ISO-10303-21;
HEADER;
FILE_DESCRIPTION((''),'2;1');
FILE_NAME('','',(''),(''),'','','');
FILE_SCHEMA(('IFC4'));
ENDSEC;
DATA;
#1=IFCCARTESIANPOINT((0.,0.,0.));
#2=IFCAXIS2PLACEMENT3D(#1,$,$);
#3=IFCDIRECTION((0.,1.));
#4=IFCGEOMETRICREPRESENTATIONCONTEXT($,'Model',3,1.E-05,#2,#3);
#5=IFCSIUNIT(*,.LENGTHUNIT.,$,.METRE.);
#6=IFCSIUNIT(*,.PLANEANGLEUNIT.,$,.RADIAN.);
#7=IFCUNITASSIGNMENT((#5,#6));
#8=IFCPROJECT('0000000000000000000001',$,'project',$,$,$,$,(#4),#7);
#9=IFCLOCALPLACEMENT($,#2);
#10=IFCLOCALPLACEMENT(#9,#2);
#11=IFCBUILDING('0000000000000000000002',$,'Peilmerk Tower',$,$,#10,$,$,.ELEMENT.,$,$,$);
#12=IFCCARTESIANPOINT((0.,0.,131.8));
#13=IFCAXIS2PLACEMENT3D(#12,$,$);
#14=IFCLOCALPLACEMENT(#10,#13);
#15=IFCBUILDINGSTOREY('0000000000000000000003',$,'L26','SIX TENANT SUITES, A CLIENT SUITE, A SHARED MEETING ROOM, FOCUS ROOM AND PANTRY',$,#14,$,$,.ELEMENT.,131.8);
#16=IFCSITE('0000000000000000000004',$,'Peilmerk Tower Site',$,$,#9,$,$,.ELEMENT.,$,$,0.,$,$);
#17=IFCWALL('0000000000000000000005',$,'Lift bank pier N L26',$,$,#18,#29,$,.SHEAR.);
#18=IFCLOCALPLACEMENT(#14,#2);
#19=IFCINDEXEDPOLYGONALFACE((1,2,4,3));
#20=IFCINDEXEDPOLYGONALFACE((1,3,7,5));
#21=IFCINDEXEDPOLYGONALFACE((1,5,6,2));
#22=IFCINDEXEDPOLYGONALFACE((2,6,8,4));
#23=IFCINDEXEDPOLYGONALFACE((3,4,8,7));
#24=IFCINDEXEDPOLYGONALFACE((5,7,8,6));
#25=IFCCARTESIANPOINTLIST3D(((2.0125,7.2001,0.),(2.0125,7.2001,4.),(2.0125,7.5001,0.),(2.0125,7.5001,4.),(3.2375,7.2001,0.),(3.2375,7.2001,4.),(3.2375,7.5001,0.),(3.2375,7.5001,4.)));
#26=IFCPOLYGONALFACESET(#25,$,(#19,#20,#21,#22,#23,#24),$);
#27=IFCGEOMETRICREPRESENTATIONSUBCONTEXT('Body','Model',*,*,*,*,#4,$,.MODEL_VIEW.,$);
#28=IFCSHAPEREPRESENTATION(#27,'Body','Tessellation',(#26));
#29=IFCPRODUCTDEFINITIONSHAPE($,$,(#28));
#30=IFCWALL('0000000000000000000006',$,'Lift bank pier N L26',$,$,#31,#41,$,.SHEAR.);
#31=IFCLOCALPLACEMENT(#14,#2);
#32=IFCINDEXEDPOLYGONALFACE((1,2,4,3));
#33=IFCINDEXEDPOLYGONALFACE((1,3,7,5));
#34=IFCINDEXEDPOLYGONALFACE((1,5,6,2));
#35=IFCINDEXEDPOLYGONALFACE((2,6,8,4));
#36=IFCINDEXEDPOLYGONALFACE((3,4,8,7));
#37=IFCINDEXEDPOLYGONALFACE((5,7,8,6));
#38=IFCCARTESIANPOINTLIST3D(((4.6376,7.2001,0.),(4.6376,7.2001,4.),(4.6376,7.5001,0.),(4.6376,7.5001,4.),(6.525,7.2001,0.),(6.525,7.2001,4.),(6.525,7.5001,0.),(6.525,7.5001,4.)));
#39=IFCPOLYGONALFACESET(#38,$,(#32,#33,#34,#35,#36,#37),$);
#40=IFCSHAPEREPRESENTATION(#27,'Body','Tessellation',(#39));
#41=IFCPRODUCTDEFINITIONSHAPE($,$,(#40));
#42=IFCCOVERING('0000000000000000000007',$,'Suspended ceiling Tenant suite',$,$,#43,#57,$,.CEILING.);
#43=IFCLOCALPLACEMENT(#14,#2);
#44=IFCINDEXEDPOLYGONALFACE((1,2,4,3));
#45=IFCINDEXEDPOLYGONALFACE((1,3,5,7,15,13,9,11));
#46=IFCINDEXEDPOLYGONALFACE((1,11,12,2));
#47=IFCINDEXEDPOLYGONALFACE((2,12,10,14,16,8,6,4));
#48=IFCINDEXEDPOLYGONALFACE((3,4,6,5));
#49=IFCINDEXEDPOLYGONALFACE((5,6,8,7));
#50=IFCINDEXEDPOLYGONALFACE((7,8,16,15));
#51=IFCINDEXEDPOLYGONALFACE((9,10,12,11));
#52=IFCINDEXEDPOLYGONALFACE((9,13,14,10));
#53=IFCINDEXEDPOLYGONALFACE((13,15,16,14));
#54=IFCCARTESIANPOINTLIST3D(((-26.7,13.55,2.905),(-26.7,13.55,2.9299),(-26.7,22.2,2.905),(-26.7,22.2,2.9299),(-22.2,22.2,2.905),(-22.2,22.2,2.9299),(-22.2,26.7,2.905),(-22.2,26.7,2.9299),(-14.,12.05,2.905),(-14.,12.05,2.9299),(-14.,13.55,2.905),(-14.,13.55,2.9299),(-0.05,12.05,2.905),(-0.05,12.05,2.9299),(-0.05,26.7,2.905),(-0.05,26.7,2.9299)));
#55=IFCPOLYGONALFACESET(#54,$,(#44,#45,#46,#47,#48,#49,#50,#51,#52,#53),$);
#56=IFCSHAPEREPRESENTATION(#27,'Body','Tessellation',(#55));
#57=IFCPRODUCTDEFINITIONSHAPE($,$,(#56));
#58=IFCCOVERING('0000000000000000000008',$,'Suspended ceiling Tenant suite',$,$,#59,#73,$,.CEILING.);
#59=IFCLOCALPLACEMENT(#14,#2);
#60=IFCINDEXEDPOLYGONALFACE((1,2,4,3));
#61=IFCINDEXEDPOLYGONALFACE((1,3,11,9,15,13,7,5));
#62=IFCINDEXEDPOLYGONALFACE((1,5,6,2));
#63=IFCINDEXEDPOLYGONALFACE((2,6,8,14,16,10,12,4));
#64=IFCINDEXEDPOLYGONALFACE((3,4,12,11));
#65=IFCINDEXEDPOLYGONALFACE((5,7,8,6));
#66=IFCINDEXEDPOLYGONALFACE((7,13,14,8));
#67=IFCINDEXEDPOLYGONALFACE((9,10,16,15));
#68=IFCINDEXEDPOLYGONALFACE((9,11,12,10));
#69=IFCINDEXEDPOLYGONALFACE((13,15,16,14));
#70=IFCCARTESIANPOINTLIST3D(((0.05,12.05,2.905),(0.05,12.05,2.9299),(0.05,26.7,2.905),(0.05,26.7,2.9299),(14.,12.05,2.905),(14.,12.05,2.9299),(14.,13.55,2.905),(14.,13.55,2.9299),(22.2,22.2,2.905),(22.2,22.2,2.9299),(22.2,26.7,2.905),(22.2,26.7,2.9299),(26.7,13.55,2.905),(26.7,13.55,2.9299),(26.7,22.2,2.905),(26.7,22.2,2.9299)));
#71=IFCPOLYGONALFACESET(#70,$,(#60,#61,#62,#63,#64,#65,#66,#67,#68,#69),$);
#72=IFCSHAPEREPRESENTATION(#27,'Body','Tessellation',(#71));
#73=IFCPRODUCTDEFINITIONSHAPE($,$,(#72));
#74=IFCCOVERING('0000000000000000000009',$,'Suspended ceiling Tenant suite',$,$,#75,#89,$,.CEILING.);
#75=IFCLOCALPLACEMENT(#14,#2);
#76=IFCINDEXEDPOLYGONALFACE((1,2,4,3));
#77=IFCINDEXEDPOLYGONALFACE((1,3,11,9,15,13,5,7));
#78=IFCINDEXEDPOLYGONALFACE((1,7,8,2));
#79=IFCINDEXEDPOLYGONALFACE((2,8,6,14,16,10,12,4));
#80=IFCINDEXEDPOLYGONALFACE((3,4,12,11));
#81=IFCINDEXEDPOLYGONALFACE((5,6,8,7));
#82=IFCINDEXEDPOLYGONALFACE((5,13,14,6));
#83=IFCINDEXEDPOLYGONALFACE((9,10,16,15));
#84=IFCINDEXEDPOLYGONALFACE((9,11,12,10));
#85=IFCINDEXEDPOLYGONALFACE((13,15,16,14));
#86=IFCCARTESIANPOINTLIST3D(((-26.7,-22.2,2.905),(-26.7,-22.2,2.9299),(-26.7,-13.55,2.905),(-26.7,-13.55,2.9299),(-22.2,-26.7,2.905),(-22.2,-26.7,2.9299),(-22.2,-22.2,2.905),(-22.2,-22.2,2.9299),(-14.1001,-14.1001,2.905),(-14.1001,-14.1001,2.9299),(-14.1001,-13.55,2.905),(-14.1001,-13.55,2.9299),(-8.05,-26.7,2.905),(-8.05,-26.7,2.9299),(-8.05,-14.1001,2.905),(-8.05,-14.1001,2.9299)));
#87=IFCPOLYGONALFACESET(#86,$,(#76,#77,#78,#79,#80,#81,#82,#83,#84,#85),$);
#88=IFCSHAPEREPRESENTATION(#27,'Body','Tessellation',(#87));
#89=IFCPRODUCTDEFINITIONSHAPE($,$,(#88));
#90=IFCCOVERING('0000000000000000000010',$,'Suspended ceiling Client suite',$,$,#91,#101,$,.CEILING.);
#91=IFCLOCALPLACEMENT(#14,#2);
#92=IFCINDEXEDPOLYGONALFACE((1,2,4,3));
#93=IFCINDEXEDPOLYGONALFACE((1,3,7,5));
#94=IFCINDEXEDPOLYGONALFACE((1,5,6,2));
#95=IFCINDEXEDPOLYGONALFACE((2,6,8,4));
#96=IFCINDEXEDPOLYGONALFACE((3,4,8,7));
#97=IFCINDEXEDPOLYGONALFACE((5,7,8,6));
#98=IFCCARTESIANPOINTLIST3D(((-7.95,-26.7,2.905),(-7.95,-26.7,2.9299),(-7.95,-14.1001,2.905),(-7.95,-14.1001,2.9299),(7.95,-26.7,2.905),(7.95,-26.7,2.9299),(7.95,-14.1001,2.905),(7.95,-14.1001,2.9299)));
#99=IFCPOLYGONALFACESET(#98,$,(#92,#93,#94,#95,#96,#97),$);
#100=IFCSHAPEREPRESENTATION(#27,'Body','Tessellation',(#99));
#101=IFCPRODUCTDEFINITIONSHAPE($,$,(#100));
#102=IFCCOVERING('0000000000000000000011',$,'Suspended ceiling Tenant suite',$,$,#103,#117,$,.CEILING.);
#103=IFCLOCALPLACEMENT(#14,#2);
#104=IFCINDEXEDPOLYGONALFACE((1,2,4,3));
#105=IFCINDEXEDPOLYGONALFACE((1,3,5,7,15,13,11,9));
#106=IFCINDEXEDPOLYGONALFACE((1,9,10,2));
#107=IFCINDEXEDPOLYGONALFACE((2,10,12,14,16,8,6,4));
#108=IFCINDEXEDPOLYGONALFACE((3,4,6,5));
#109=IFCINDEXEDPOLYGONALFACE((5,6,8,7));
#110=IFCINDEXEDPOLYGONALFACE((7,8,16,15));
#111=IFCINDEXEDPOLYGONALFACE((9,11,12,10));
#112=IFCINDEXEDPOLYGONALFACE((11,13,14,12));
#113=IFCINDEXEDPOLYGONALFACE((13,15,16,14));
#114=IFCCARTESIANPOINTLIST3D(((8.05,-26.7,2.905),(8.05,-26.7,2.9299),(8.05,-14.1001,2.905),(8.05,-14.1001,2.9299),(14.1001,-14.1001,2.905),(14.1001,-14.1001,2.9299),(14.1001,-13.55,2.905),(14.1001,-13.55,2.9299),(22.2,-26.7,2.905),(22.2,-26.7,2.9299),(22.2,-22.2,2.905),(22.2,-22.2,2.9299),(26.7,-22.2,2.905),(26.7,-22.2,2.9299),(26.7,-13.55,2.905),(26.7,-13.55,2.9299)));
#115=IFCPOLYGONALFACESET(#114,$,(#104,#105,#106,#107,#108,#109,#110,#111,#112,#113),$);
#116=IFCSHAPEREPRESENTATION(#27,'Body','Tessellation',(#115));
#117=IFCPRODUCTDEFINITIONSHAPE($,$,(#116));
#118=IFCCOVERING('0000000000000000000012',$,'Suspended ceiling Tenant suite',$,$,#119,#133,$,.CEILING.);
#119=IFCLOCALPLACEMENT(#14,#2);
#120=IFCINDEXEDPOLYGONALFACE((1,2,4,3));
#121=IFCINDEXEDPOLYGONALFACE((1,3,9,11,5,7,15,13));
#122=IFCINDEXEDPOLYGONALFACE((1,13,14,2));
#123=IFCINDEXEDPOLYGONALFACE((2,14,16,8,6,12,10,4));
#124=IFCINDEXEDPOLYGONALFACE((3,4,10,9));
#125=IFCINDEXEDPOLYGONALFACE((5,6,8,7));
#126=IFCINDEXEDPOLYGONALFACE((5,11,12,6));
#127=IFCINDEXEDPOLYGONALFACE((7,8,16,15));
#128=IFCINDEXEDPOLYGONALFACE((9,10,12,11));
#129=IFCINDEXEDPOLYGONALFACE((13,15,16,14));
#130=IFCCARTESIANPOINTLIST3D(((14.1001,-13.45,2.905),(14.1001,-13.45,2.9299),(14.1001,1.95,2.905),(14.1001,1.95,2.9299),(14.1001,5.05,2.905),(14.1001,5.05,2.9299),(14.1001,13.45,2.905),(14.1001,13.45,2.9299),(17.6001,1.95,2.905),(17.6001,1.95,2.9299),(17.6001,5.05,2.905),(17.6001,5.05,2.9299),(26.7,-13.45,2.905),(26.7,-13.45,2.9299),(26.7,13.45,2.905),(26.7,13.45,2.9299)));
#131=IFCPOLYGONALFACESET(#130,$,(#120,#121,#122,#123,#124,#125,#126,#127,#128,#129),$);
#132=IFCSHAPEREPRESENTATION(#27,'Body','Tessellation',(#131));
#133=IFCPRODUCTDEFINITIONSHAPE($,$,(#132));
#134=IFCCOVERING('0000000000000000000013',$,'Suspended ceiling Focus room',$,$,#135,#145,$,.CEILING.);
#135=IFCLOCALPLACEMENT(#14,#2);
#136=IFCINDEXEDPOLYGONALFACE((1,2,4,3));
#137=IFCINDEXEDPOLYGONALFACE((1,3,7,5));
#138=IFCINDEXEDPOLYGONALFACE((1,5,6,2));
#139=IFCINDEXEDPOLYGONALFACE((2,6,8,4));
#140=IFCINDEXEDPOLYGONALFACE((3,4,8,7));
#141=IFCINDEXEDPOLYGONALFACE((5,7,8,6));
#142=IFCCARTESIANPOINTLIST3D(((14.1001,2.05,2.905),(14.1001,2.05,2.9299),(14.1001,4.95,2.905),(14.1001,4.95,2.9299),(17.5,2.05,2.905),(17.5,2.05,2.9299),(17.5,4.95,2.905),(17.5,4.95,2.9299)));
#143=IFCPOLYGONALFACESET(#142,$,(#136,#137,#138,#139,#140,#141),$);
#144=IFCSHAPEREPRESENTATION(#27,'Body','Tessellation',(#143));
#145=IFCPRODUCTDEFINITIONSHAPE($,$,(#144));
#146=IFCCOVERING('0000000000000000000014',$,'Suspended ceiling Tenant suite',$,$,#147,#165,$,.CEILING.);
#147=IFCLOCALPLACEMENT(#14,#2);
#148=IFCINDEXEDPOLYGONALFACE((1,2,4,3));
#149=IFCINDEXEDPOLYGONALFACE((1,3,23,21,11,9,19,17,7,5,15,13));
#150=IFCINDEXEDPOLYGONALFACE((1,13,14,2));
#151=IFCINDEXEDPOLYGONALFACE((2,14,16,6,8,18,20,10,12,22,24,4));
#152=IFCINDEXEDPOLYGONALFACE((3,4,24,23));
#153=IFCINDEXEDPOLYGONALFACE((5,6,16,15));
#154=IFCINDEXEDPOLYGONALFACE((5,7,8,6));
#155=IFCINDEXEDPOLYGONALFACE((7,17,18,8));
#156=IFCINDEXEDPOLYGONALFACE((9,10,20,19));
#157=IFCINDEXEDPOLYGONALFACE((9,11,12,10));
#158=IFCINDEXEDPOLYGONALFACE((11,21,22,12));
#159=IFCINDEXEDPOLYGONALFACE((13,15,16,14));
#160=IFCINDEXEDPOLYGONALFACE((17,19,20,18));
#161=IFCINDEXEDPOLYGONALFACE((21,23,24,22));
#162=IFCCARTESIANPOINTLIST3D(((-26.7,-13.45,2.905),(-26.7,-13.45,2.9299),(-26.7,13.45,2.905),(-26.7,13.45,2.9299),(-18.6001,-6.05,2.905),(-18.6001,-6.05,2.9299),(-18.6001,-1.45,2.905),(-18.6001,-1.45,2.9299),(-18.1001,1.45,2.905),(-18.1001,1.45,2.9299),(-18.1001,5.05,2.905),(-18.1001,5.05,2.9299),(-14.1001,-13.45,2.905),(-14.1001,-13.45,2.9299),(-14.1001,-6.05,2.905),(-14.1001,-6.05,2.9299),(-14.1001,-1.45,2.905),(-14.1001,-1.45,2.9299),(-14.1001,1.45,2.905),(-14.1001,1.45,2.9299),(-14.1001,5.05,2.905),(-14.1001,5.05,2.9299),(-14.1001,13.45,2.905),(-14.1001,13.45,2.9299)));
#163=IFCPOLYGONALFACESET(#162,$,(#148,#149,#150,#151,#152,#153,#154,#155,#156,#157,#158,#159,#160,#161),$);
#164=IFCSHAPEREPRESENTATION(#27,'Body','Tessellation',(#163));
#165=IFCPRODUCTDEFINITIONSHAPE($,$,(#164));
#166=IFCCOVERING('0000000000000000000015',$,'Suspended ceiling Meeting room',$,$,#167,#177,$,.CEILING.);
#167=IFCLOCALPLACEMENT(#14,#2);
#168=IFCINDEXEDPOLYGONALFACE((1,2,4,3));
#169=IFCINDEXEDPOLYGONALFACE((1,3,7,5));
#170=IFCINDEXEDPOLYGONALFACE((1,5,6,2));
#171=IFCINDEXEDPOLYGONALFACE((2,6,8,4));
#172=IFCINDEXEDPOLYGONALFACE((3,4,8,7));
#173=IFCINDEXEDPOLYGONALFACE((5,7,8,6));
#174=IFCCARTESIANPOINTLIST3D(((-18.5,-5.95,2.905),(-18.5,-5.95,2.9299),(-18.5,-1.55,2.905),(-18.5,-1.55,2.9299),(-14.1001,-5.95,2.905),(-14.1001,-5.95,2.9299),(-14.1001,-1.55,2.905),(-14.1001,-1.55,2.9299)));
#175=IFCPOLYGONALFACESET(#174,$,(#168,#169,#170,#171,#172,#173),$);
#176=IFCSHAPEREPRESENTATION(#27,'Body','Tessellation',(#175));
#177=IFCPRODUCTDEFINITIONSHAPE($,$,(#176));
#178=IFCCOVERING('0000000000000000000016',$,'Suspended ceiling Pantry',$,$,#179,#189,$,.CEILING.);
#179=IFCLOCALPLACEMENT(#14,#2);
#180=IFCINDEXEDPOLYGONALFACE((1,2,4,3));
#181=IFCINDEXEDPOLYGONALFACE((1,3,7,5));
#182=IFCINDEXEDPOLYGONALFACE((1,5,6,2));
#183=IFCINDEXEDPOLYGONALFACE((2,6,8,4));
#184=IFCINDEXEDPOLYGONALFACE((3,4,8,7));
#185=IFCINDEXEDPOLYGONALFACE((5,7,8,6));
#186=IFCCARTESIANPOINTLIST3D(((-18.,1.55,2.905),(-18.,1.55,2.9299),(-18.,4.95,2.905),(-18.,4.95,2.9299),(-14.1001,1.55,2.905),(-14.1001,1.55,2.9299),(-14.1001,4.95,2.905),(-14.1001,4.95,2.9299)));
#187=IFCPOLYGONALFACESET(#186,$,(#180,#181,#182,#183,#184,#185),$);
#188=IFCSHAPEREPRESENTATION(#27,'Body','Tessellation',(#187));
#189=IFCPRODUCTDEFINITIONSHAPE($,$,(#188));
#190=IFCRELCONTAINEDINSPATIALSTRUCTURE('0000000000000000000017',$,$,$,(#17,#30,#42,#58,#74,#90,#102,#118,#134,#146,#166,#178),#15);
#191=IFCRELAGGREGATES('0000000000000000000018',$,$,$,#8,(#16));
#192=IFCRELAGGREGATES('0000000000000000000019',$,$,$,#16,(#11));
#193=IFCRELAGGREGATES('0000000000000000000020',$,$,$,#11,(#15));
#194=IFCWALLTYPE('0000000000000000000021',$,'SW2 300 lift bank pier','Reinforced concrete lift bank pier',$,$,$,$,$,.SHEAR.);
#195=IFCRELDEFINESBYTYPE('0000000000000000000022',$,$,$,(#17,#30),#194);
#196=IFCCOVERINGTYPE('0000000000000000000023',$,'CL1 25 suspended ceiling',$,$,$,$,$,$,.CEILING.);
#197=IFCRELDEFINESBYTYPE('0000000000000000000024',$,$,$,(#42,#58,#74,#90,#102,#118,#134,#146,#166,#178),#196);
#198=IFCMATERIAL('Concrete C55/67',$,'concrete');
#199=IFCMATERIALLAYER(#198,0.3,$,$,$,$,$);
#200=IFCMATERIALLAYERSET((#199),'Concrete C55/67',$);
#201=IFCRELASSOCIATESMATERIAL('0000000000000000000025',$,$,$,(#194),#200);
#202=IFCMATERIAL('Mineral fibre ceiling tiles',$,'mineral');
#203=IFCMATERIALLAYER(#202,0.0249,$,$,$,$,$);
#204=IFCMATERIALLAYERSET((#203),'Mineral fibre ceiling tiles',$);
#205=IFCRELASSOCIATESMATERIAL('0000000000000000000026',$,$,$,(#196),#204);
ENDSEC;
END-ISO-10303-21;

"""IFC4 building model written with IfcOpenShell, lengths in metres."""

from ifc_helpers import new_model, si_unit, direction, frame, frame_2d, origin, place, context, subcontext, project, spatial, polyline, rectangle, outline, extrude, material, layer, layer_set, type_object, element, save


model = new_model("IFC4")

# Units and contexts
model_context = context("Model", 3, precision=1e-05, world=origin(), true_north=direction((0.0, 1.0)))
body_context = subcontext(model_context, "Body", "Model", "MODEL_VIEW")
ifc_project = project(units=[si_unit("LENGTHUNIT", "METRE"), si_unit("PLANEANGLEUNIT", "RADIAN")], contexts=[model_context])

# Site, building, storey
site_placement = place(None, origin())
site = spatial("IfcSite", under=ifc_project, at=site_placement, Name="Peilmerk Tower Site", CompositionType="ELEMENT", RefElevation=0.0)
building_placement = place(site_placement, origin())
building = spatial("IfcBuilding", under=site, at=building_placement, Name="Peilmerk Tower", CompositionType="ELEMENT")
storey_placement = place(building_placement, frame((0.0, 0.0, 131.8)))
storey = spatial("IfcBuildingStorey", under=building, at=storey_placement, Name="L26", Description="SIX TENANT SUITES, A CLIENT SUITE, A SHARED MEETING ROOM, FOCUS ROOM AND PANTRY", CompositionType="ELEMENT", Elevation=131.8)

# Walls
ifc_material_1 = material(Name="Concrete C55/67", Category="concrete")
ifc_layer_1 = layer(ifc_material_1, 0.3)
ifc_layer_set_1 = layer_set([ifc_layer_1], Name="Concrete C55/67")
wall_type_1 = type_object("IfcWallType", Name="SW2 300 lift bank pier", Description="Reinforced concrete lift bank pier", PredefinedType="SHEAR", material=ifc_layer_set_1)
wall_1_placement = place(storey_placement, frame((2.0125, 7.3501, 0.0), z_axis=(0.0, 0.0, 1.0), x_axis=(1.0, 0.0, 0.0)))
element("IfcWall", 1, at=wall_1_placement, inside=storey, type_object=wall_type_1, Name="Lift bank pier N L26", PredefinedType="SHEAR", context=body_context, shape_type="SweptSolid", body=[
    extrude(rectangle(XDim=1.2251, YDim=0.3, at=frame_2d((0.6125, 0.0))), origin(), (0.0, 0.0, 1.0), 4.0),
])
wall_2_placement = place(storey_placement, frame((4.6375, 7.3501, 0.0), z_axis=(0.0, 0.0, 1.0), x_axis=(1.0, 0.0, 0.0)))
element("IfcWall", 2, at=wall_2_placement, inside=storey, type_object=wall_type_1, Name="Lift bank pier N L26", PredefinedType="SHEAR", context=body_context, shape_type="SweptSolid", body=[
    extrude(rectangle(XDim=1.8875, YDim=0.3, at=frame_2d((0.9438, 0.0))), origin(), (0.0, 0.0, 1.0), 4.0),
])

# Coverings
ifc_material_2 = material(Name="Mineral fibre ceiling tiles", Category="mineral")
ifc_layer_2 = layer(ifc_material_2, 0.0249)
ifc_layer_set_2 = layer_set([ifc_layer_2], Name="Mineral fibre ceiling tiles")
covering_type = type_object("IfcCoveringType", Name="CL1 25 suspended ceiling", PredefinedType="CEILING", material=ifc_layer_set_2)
covering_1_placement = place(storey_placement, frame((0.0, 0.0, 2.905)))
element("IfcCovering", 3, at=covering_1_placement, inside=storey, type_object=covering_type, Name="Suspended ceiling Tenant suite", PredefinedType="CEILING", context=body_context, shape_type="SweptSolid", body=[
    extrude(outline(polyline([(-26.7, 22.2), (-26.7, 13.55), (-14.0, 13.55), (-14.0, 12.05), (-0.05, 12.05), (-0.05, 26.7), (-22.2, 26.7), (-22.2, 22.2), (-26.7, 22.2)])), origin(), (0.0, 0.0, 1.0), 0.0249),
])
covering_2_placement = place(storey_placement, frame((0.0, 0.0, 2.905)))
element("IfcCovering", 4, at=covering_2_placement, inside=storey, type_object=covering_type, Name="Suspended ceiling Tenant suite", PredefinedType="CEILING", context=body_context, shape_type="SweptSolid", body=[
    extrude(outline(polyline([(22.2, 26.7), (0.05, 26.7), (0.05, 12.05), (14.0, 12.05), (14.0, 13.55), (26.7, 13.55), (26.7, 22.2), (22.2, 22.2), (22.2, 26.7)])), origin(), (0.0, 0.0, 1.0), 0.0249),
])
covering_3_placement = place(storey_placement, frame((0.0, 0.0, 2.905)))
element("IfcCovering", 5, at=covering_3_placement, inside=storey, type_object=covering_type, Name="Suspended ceiling Tenant suite", PredefinedType="CEILING", context=body_context, shape_type="SweptSolid", body=[
    extrude(outline(polyline([(-22.2, -26.7), (-8.05, -26.7), (-8.05, -14.1001), (-14.1001, -14.1001), (-14.1001, -13.55), (-26.7, -13.55), (-26.7, -22.2), (-22.2, -22.2), (-22.2, -26.7)])), origin(), (0.0, 0.0, 1.0), 0.0249),
])
covering_4_placement = place(storey_placement, frame((0.0, 0.0, 2.905)))
element("IfcCovering", 6, at=covering_4_placement, inside=storey, type_object=covering_type, Name="Suspended ceiling Client suite", PredefinedType="CEILING", context=body_context, shape_type="SweptSolid", body=[
    extrude(outline(polyline([(-7.95, -26.7), (7.95, -26.7), (7.95, -14.1001), (-7.95, -14.1001), (-7.95, -26.7)])), origin(), (0.0, 0.0, 1.0), 0.0249),
])
covering_5_placement = place(storey_placement, frame((0.0, 0.0, 2.905)))
element("IfcCovering", 7, at=covering_5_placement, inside=storey, type_object=covering_type, Name="Suspended ceiling Tenant suite", PredefinedType="CEILING", context=body_context, shape_type="SweptSolid", body=[
    extrude(outline(polyline([(8.05, -26.7), (22.2, -26.7), (22.2, -22.2), (26.7, -22.2), (26.7, -13.55), (14.1001, -13.55), (14.1001, -14.1001), (8.05, -14.1001), (8.05, -26.7)])), origin(), (0.0, 0.0, 1.0), 0.0249),
])
covering_6_placement = place(storey_placement, frame((0.0, 0.0, 2.905)))
element("IfcCovering", 8, at=covering_6_placement, inside=storey, type_object=covering_type, Name="Suspended ceiling Tenant suite", PredefinedType="CEILING", context=body_context, shape_type="SweptSolid", body=[
    extrude(outline(polyline([(14.1001, -13.45), (26.7, -13.45), (26.7, 13.45), (14.1001, 13.45), (14.1001, 5.05), (17.6001, 5.05), (17.6001, 1.95), (14.1001, 1.95), (14.1001, -13.45)])), origin(), (0.0, 0.0, 1.0), 0.0249),
])
covering_7_placement = place(storey_placement, frame((0.0, 0.0, 2.905)))
element("IfcCovering", 9, at=covering_7_placement, inside=storey, type_object=covering_type, Name="Suspended ceiling Focus room", PredefinedType="CEILING", context=body_context, shape_type="SweptSolid", body=[
    extrude(outline(polyline([(17.5, 2.05), (17.5, 4.95), (14.1001, 4.95), (14.1001, 2.05), (17.5, 2.05)])), origin(), (0.0, 0.0, 1.0), 0.0249),
])
covering_8_placement = place(storey_placement, frame((0.0, 0.0, 2.905)))
element("IfcCovering", 10, at=covering_8_placement, inside=storey, type_object=covering_type, Name="Suspended ceiling Tenant suite", PredefinedType="CEILING", context=body_context, shape_type="SweptSolid", body=[
    extrude(outline(polyline([(-14.1001, 13.45), (-26.7, 13.45), (-26.7, -13.45), (-14.1001, -13.45), (-14.1001, -6.05), (-18.6001, -6.05), (-18.6001, -1.45), (-14.1001, -1.45), (-14.1001, 1.45), (-18.1001, 1.45), (-18.1001, 5.05), (-14.1001, 5.05), (-14.1001, 13.45)])), origin(), (0.0, 0.0, 1.0), 0.0249),
])
covering_9_placement = place(storey_placement, frame((0.0, 0.0, 2.905)))
element("IfcCovering", 11, at=covering_9_placement, inside=storey, type_object=covering_type, Name="Suspended ceiling Meeting room", PredefinedType="CEILING", context=body_context, shape_type="SweptSolid", body=[
    extrude(outline(polyline([(-14.1001, -5.95), (-14.1001, -1.55), (-18.5, -1.55), (-18.5, -5.95), (-14.1001, -5.95)])), origin(), (0.0, 0.0, 1.0), 0.0249),
])
covering_10_placement = place(storey_placement, frame((0.0, 0.0, 2.905)))
element("IfcCovering", 12, at=covering_10_placement, inside=storey, type_object=covering_type, Name="Suspended ceiling Pantry", PredefinedType="CEILING", context=body_context, shape_type="SweptSolid", body=[
    extrude(outline(polyline([(-14.1001, 1.55), (-14.1001, 4.95), (-18.0, 4.95), (-18.0, 1.55), (-14.1001, 1.55)])), origin(), (0.0, 0.0, 1.0), 0.0249),
])

save(model, "model.ifc")
